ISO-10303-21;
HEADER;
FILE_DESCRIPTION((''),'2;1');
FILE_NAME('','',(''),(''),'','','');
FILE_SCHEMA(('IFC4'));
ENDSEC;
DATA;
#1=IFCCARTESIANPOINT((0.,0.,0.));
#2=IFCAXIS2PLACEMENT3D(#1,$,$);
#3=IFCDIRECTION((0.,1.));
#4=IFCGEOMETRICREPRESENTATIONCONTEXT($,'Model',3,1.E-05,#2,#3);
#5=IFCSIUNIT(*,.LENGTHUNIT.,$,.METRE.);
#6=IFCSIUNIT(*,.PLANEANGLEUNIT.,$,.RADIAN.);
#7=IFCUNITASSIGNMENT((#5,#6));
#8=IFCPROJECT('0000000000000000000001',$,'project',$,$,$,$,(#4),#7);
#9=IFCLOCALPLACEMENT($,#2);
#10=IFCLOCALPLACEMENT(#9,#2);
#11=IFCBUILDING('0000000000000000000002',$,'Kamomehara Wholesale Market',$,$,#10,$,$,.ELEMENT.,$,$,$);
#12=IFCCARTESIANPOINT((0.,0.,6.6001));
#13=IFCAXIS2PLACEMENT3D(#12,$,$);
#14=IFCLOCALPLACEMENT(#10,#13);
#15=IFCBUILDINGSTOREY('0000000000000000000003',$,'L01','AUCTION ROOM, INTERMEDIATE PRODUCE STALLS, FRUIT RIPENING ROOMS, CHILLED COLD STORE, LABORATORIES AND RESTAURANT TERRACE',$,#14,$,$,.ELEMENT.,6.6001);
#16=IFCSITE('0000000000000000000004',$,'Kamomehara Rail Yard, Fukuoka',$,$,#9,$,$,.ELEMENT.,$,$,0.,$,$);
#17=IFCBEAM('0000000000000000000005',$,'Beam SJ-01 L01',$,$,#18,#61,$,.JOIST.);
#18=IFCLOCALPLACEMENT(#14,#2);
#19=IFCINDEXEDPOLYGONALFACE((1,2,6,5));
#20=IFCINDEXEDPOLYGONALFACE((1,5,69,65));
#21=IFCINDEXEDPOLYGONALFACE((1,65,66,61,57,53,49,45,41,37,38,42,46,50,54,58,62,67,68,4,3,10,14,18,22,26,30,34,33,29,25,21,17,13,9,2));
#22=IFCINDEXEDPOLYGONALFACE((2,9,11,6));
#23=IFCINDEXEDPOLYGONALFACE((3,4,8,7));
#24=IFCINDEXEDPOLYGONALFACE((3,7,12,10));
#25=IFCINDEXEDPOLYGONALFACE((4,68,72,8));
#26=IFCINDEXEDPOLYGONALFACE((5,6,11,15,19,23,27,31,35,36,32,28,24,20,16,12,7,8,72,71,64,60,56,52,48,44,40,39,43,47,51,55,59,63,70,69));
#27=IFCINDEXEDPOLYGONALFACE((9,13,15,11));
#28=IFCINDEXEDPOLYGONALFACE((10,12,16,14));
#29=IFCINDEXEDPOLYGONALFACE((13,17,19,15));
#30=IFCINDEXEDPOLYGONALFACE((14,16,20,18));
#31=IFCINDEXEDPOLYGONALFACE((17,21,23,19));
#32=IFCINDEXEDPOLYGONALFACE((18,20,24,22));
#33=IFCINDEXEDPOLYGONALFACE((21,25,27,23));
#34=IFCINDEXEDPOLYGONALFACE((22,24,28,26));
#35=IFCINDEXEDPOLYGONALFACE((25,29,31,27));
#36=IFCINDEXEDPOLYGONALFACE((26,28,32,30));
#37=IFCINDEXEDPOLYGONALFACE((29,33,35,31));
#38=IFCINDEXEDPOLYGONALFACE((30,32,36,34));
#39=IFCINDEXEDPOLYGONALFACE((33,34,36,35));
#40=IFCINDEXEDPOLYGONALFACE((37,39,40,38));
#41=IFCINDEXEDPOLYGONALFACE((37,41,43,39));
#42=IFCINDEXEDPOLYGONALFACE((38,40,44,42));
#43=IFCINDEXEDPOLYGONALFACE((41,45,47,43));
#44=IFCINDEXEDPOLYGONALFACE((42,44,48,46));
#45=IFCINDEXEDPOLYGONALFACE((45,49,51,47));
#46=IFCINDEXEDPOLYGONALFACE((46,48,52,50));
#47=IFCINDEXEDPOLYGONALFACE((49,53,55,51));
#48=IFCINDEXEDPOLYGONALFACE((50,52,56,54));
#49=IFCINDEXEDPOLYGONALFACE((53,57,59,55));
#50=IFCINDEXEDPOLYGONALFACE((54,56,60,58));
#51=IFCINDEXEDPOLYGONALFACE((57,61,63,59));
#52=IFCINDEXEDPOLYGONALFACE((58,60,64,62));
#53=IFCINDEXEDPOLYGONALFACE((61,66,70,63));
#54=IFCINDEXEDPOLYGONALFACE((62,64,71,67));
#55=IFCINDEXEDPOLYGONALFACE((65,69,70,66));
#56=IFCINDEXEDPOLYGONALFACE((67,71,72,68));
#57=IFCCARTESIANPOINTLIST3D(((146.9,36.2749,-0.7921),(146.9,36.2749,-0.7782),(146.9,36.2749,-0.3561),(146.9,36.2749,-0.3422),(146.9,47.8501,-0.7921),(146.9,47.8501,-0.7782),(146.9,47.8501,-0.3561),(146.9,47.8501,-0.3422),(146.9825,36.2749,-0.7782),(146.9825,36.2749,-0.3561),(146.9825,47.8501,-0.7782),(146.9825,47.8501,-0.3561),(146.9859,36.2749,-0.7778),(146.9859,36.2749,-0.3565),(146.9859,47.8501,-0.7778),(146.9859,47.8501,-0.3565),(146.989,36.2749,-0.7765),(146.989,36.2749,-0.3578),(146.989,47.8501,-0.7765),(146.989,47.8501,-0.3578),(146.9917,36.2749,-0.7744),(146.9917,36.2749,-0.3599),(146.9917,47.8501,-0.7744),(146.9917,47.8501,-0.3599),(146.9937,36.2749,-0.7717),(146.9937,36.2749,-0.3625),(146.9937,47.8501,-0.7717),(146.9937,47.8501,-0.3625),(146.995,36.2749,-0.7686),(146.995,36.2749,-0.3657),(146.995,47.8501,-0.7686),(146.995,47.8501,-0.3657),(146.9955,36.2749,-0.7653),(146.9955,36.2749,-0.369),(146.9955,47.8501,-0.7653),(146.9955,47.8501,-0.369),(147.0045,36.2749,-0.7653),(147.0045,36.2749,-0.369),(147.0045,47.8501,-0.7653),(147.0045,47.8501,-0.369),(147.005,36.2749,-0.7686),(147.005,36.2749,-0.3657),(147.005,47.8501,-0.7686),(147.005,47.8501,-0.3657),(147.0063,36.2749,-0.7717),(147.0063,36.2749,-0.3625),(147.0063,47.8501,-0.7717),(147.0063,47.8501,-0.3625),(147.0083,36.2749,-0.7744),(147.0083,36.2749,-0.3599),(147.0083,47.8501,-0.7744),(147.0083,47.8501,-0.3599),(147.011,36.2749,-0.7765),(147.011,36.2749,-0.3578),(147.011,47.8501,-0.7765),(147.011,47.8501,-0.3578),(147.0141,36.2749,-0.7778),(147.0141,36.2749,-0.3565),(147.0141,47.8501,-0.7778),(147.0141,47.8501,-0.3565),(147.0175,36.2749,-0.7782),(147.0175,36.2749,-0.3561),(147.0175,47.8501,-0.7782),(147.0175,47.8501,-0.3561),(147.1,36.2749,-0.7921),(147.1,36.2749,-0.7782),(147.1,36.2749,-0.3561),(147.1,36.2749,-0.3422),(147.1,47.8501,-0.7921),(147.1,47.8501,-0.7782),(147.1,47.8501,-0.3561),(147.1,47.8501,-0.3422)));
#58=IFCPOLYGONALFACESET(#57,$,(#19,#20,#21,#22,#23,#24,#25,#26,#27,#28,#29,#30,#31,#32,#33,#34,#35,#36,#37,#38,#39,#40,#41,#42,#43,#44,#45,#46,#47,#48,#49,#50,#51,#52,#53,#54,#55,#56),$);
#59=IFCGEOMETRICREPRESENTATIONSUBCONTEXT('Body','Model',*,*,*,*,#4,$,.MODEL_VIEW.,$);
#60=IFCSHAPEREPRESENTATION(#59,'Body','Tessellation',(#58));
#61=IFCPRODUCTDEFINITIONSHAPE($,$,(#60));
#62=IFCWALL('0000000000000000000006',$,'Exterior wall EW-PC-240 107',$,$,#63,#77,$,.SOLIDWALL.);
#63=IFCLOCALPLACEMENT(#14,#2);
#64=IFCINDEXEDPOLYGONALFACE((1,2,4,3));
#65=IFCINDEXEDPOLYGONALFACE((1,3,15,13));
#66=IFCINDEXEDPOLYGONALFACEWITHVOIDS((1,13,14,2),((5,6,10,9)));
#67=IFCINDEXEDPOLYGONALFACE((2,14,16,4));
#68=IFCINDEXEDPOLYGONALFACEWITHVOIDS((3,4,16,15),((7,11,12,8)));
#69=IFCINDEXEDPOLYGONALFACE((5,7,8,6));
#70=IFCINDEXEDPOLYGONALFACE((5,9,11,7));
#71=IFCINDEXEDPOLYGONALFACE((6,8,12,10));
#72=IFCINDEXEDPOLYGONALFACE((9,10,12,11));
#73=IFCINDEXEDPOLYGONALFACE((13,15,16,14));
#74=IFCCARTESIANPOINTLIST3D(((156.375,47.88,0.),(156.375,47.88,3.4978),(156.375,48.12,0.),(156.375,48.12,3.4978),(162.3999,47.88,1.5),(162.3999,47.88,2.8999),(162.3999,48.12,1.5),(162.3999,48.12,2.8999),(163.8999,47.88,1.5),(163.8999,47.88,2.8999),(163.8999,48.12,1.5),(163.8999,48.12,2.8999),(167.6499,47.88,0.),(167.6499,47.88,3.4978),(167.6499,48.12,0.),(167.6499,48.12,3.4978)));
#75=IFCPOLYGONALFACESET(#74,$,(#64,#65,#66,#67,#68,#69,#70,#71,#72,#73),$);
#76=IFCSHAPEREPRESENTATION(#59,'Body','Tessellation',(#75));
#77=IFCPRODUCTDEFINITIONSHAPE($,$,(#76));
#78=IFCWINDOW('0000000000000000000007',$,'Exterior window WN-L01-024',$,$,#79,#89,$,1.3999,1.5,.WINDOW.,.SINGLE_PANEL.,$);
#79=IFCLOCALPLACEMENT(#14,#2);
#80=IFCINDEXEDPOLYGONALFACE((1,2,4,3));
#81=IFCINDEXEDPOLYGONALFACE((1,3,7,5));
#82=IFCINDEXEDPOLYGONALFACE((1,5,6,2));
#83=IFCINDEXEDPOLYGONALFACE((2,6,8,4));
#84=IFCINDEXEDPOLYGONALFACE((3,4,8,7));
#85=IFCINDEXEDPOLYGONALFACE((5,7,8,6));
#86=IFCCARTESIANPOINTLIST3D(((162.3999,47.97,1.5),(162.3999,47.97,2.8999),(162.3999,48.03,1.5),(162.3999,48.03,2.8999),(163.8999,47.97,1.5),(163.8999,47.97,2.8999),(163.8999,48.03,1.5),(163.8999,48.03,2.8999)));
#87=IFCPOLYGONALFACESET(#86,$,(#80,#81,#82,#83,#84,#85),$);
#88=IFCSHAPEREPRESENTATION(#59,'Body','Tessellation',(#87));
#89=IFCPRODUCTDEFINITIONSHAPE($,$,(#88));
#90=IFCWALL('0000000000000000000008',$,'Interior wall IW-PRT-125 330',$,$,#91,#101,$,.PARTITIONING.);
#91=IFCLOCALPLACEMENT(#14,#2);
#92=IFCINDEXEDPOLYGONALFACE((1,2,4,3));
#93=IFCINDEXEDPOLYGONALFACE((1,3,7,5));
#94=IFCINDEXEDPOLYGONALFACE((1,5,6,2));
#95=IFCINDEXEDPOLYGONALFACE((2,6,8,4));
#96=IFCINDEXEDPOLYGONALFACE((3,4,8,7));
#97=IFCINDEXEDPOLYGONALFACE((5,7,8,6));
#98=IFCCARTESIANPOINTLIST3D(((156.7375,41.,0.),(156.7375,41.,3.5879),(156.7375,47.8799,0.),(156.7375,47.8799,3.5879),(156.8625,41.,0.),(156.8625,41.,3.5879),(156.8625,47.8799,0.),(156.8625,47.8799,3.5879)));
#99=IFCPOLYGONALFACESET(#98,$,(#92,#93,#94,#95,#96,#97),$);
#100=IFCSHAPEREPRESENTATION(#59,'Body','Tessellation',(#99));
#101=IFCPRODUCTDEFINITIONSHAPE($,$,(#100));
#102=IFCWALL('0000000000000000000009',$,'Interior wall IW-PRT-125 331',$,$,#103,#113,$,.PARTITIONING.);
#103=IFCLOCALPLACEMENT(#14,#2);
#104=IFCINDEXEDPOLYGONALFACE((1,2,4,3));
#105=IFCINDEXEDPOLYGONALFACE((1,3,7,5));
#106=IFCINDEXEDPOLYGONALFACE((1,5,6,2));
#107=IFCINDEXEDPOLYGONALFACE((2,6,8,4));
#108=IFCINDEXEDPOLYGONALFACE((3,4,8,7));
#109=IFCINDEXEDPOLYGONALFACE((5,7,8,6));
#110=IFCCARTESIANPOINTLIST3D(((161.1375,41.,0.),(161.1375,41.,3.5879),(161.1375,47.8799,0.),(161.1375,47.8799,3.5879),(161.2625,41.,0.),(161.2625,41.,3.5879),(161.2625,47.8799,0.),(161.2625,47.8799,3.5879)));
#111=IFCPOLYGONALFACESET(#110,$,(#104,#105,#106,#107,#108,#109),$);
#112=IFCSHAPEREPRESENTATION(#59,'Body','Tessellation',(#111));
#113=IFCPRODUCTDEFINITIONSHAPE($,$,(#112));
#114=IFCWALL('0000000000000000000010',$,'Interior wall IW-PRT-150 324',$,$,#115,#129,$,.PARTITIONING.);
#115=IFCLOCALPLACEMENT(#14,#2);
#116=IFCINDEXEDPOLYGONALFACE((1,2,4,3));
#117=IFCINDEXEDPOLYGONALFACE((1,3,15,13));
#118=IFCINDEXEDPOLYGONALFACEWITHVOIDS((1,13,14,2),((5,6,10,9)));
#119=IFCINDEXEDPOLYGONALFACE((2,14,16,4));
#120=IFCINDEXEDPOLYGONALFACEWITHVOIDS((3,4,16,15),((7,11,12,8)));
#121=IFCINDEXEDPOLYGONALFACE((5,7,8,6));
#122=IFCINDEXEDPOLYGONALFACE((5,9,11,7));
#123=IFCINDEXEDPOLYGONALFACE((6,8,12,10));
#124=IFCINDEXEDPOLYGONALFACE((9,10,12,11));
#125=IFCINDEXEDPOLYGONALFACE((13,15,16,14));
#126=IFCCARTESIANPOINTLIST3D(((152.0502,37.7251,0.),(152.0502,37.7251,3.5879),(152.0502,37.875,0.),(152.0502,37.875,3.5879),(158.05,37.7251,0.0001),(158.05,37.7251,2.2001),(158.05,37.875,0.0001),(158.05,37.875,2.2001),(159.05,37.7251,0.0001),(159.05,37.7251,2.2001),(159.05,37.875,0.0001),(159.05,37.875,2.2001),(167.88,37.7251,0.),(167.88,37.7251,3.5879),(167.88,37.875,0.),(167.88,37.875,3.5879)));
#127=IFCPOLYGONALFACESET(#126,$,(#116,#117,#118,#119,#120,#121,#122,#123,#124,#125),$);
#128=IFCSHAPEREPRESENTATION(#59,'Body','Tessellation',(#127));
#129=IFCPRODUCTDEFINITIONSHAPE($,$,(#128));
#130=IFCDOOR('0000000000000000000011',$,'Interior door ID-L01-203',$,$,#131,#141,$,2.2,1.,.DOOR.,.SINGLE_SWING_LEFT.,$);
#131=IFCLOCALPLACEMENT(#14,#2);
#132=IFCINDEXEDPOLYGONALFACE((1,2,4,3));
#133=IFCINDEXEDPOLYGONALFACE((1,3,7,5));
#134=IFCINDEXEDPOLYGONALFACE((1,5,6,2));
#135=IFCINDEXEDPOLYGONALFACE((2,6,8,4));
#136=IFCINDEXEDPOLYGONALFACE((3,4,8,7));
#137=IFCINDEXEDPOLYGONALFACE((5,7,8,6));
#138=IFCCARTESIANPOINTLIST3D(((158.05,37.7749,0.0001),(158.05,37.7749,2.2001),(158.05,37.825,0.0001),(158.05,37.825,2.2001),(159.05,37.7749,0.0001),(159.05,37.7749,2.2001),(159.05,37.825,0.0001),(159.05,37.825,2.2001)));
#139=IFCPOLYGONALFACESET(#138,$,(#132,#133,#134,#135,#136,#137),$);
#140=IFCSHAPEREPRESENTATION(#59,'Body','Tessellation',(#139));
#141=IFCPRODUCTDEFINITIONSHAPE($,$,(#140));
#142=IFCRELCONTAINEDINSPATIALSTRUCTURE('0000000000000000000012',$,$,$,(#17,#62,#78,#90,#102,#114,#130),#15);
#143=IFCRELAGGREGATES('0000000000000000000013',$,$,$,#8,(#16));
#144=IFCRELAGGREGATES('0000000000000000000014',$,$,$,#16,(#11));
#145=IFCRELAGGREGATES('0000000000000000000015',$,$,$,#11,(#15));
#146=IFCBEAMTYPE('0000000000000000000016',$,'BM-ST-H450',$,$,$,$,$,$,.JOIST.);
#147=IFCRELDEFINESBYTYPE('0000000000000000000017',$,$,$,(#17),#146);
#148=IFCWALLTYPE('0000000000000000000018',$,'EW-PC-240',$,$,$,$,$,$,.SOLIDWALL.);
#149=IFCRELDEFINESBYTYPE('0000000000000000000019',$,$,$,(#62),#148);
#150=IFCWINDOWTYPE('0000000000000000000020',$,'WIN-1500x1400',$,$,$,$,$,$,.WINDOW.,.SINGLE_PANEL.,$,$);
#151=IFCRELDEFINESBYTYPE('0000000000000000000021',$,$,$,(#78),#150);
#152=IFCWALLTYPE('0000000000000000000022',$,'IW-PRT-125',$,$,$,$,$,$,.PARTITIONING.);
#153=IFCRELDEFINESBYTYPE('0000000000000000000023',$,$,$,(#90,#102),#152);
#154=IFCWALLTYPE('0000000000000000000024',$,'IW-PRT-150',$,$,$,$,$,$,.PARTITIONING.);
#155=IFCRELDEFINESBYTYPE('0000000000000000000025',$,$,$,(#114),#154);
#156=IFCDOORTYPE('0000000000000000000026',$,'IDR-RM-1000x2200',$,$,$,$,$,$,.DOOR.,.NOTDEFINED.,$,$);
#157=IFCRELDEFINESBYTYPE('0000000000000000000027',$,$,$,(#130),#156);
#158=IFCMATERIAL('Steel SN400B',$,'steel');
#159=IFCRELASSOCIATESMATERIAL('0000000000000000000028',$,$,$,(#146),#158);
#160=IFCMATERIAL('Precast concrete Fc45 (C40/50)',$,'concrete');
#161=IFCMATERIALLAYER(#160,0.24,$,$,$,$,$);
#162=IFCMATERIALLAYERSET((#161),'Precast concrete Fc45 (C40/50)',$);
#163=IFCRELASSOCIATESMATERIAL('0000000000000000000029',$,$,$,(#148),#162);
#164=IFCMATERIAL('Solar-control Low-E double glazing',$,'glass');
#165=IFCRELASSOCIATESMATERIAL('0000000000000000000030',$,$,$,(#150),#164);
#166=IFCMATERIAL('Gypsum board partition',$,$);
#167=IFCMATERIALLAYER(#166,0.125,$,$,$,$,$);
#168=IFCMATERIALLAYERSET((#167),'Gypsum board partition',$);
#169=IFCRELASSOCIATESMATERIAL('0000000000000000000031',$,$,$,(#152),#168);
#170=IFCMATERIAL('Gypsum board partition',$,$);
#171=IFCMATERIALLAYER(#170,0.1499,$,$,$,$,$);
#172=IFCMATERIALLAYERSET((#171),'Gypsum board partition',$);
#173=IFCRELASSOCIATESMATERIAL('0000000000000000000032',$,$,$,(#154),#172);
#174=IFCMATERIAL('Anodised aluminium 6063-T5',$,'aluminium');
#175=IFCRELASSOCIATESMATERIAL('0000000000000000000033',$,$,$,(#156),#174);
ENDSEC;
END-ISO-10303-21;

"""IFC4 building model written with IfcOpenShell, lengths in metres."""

from ifc_helpers import new_model, si_unit, direction, frame, frame_2d, origin, origin_2d, place, context, subcontext, project, spatial, rectangle, i_section, extrude, material, layer, layer_set, material_profile, profile_set, type_object, element, fill, save


model = new_model("IFC4")

# Units and contexts
model_context = context("Model", 3, precision=1e-05, world=origin(), true_north=direction((0.0, 1.0)))
body_context = subcontext(model_context, "Body", "Model", "MODEL_VIEW")
ifc_project = project(units=[si_unit("LENGTHUNIT", "METRE"), si_unit("PLANEANGLEUNIT", "RADIAN")], contexts=[model_context])

# Site, building, storey
site_placement = place(None, origin())
site = spatial("IfcSite", under=ifc_project, at=site_placement, Name="Kamomehara Rail Yard, Fukuoka", CompositionType="ELEMENT", RefElevation=0.0)
building_placement = place(site_placement, origin())
building = spatial("IfcBuilding", under=site, at=building_placement, Name="Kamomehara Wholesale Market", CompositionType="ELEMENT")
storey_placement = place(building_placement, frame((0.0, 0.0, 6.6001)))
storey = spatial("IfcBuildingStorey", under=building, at=storey_placement, Name="L01", Description="AUCTION ROOM, INTERMEDIATE PRODUCE STALLS, FRUIT RIPENING ROOMS, CHILLED COLD STORE, LABORATORIES AND RESTAURANT TERRACE", CompositionType="ELEMENT", Elevation=6.6001)

# Beam
ifc_material_1 = material(Name="Steel SN400B", Category="steel")
ifc_material_profile_1 = material_profile(ifc_material_1, i_section(OverallWidth=0.2, OverallDepth=0.45, WebThickness=0.009, FlangeThickness=0.0139, FilletRadius=0.0129, at=origin_2d()), Name="H-450x200x9x14")
ifc_profile_set_1 = profile_set([ifc_material_profile_1], Name="Steel SN400B")
beam_type_1 = type_object("IfcBeamType", Name="BM-ST-H450", PredefinedType="JOIST", material=ifc_profile_set_1)
beam_1_placement = place(storey_placement, frame((147.0, 36.2749, -0.5671), z_axis=(0.0, 1.0, 0.0), x_axis=(-1.0, 0.0, 0.0)))
element("IfcBeam", 1, at=beam_1_placement, inside=storey, type_object=beam_type_1, Name="Beam SJ-01 L01", PredefinedType="JOIST", context=body_context, shape_type="SweptSolid", body=[
    extrude(i_section(OverallWidth=0.2, OverallDepth=0.45, WebThickness=0.009, FlangeThickness=0.0139, FilletRadius=0.0129, at=origin_2d()), origin(), (0.0, 0.0, 1.0), 11.5752),
])

# Wall, opening, window
ifc_material_2 = material(Name="Precast concrete Fc45 (C40/50)", Category="concrete")
ifc_layer_1 = layer(ifc_material_2, 0.24)
ifc_layer_set_1 = layer_set([ifc_layer_1], Name="Precast concrete Fc45 (C40/50)")
wall_type_1 = type_object("IfcWallType", Name="EW-PC-240", PredefinedType="SOLIDWALL", material=ifc_layer_set_1)
wall_1_placement = place(storey_placement, frame((156.375, 48.0, 0.0), z_axis=(0.0, 0.0, 1.0), x_axis=(1.0, 0.0, 0.0)))
wall_1 = element("IfcWall", 2, at=wall_1_placement, inside=storey, type_object=wall_type_1, Name="Exterior wall EW-PC-240 107", PredefinedType="SOLIDWALL", context=body_context, shape_type="SweptSolid", body=[
    extrude(rectangle(XDim=11.2749, YDim=0.24, at=frame_2d((5.6375, 0.0))), origin(), (0.0, 0.0, 1.0), 3.4978),
])
opening_1_placement = place(wall_1_placement, frame((6.0249, 0.0, 1.5)))
opening_1 = element("IfcOpeningElement", 3, at=opening_1_placement, cuts=wall_1, PredefinedType="OPENING", context=body_context, shape_type="SweptSolid", body=[
    extrude(rectangle(XDim=1.5, YDim=1.3999, at=frame_2d((0.75, 0.7))), frame((0.0, 0.1348, 0.0), z_axis=(0.0, -1.0, 0.0), x_axis=(1.0, 0.0, 0.0)), (0.0, 0.0, 1.0), 0.2698),
])
ifc_material_3 = material(Name="Solar-control Low-E double glazing", Category="glass")
window_type = type_object("IfcWindowType", Name="WIN-1500x1400", PartitioningType="SINGLE_PANEL", PredefinedType="WINDOW", material=ifc_material_3)
window_placement = place(opening_1_placement, origin())
window = element("IfcWindow", 4, at=window_placement, inside=storey, type_object=window_type, Name="Exterior window WN-L01-024", OverallHeight=1.3999, OverallWidth=1.5, PartitioningType="SINGLE_PANEL", PredefinedType="WINDOW", context=body_context, shape_type="SweptSolid", body=[
    extrude(rectangle(XDim=1.5, YDim=1.3999, at=frame_2d((0.75, 0.7))), frame((0.0, 0.03, 0.0), z_axis=(0.0, -1.0, 0.0), x_axis=(1.0, 0.0, 0.0)), (0.0, 0.0, 1.0), 0.0601),
])
fill(opening_1, window)

# Walls
ifc_material_4 = material(Name="Gypsum board partition")
ifc_layer_2 = layer(ifc_material_4, 0.125)
ifc_layer_set_2 = layer_set([ifc_layer_2], Name="Gypsum board partition")
wall_type_2 = type_object("IfcWallType", Name="IW-PRT-125", PredefinedType="PARTITIONING", material=ifc_layer_set_2)
for number, where, z_axis, x_axis, name in (
    (5, (156.8, 41.0, 0.0), (0.0, 0.0, 1.0), (0.0, 1.0, 0.0), "Interior wall IW-PRT-125 330"),
    (6, (161.2, 41.0, 0.0), (0.0, 0.0, 1.0), (0.0, 1.0, 0.0), "Interior wall IW-PRT-125 331"),
):
    element("IfcWall", number, at=place(storey_placement, frame(where, z_axis=z_axis, x_axis=x_axis)), inside=storey, type_object=wall_type_2, Name=name, PredefinedType="PARTITIONING", context=body_context, shape_type="SweptSolid", body=[
        extrude(rectangle(XDim=6.8799, YDim=0.125, at=frame_2d((3.4399, 0.0))), origin(), (0.0, 0.0, 1.0), 3.5879),
    ])

# Wall, opening, door
ifc_material_5 = material(Name="Gypsum board partition")
ifc_layer_3 = layer(ifc_material_5, 0.1499)
ifc_layer_set_3 = layer_set([ifc_layer_3], Name="Gypsum board partition")
wall_type_3 = type_object("IfcWallType", Name="IW-PRT-150", PredefinedType="PARTITIONING", material=ifc_layer_set_3)
wall_2_placement = place(storey_placement, frame((152.05, 37.8, 0.0), z_axis=(0.0, 0.0, 1.0), x_axis=(1.0, 0.0, 0.0)))
wall_2 = element("IfcWall", 7, at=wall_2_placement, inside=storey, type_object=wall_type_3, Name="Interior wall IW-PRT-150 324", PredefinedType="PARTITIONING", context=body_context, shape_type="SweptSolid", body=[
    extrude(rectangle(XDim=15.8298, YDim=0.1499, at=frame_2d((7.915, 0.0))), origin(), (0.0, 0.0, 1.0), 3.5879),
])
opening_2_placement = place(wall_2_placement, frame((6.0, 0.0, 0.0)))
opening_2 = element("IfcOpeningElement", 8, at=opening_2_placement, cuts=wall_2, PredefinedType="OPENING", context=body_context, shape_type="SweptSolid", body=[
    extrude(rectangle(XDim=1.0, YDim=2.2, at=frame_2d((0.5, 1.1001))), frame((0.0, 0.0898, 0.0), z_axis=(0.0, -1.0, 0.0), x_axis=(1.0, 0.0, 0.0)), (0.0, 0.0, 1.0), 0.1797),
])
ifc_material_6 = material(Name="Anodised aluminium 6063-T5", Category="aluminium")
door_type = type_object("IfcDoorType", Name="IDR-RM-1000x2200", OperationType="NOTDEFINED", PredefinedType="DOOR", material=ifc_material_6)
door_placement = place(opening_2_placement, origin())
door = element("IfcDoor", 9, at=door_placement, inside=storey, type_object=door_type, Name="Interior door ID-L01-203", OperationType="SINGLE_SWING_LEFT", OverallHeight=2.2, OverallWidth=1.0, PredefinedType="DOOR", context=body_context, shape_type="SweptSolid", body=[
    extrude(rectangle(XDim=1.0, YDim=2.2, at=frame_2d((0.5, 1.1001))), frame((0.0, 0.0249, 0.0), z_axis=(0.0, -1.0, 0.0), x_axis=(1.0, 0.0, 0.0)), (0.0, 0.0, 1.0), 0.05),
])
fill(opening_2, door)

save(model, "model.ifc")
